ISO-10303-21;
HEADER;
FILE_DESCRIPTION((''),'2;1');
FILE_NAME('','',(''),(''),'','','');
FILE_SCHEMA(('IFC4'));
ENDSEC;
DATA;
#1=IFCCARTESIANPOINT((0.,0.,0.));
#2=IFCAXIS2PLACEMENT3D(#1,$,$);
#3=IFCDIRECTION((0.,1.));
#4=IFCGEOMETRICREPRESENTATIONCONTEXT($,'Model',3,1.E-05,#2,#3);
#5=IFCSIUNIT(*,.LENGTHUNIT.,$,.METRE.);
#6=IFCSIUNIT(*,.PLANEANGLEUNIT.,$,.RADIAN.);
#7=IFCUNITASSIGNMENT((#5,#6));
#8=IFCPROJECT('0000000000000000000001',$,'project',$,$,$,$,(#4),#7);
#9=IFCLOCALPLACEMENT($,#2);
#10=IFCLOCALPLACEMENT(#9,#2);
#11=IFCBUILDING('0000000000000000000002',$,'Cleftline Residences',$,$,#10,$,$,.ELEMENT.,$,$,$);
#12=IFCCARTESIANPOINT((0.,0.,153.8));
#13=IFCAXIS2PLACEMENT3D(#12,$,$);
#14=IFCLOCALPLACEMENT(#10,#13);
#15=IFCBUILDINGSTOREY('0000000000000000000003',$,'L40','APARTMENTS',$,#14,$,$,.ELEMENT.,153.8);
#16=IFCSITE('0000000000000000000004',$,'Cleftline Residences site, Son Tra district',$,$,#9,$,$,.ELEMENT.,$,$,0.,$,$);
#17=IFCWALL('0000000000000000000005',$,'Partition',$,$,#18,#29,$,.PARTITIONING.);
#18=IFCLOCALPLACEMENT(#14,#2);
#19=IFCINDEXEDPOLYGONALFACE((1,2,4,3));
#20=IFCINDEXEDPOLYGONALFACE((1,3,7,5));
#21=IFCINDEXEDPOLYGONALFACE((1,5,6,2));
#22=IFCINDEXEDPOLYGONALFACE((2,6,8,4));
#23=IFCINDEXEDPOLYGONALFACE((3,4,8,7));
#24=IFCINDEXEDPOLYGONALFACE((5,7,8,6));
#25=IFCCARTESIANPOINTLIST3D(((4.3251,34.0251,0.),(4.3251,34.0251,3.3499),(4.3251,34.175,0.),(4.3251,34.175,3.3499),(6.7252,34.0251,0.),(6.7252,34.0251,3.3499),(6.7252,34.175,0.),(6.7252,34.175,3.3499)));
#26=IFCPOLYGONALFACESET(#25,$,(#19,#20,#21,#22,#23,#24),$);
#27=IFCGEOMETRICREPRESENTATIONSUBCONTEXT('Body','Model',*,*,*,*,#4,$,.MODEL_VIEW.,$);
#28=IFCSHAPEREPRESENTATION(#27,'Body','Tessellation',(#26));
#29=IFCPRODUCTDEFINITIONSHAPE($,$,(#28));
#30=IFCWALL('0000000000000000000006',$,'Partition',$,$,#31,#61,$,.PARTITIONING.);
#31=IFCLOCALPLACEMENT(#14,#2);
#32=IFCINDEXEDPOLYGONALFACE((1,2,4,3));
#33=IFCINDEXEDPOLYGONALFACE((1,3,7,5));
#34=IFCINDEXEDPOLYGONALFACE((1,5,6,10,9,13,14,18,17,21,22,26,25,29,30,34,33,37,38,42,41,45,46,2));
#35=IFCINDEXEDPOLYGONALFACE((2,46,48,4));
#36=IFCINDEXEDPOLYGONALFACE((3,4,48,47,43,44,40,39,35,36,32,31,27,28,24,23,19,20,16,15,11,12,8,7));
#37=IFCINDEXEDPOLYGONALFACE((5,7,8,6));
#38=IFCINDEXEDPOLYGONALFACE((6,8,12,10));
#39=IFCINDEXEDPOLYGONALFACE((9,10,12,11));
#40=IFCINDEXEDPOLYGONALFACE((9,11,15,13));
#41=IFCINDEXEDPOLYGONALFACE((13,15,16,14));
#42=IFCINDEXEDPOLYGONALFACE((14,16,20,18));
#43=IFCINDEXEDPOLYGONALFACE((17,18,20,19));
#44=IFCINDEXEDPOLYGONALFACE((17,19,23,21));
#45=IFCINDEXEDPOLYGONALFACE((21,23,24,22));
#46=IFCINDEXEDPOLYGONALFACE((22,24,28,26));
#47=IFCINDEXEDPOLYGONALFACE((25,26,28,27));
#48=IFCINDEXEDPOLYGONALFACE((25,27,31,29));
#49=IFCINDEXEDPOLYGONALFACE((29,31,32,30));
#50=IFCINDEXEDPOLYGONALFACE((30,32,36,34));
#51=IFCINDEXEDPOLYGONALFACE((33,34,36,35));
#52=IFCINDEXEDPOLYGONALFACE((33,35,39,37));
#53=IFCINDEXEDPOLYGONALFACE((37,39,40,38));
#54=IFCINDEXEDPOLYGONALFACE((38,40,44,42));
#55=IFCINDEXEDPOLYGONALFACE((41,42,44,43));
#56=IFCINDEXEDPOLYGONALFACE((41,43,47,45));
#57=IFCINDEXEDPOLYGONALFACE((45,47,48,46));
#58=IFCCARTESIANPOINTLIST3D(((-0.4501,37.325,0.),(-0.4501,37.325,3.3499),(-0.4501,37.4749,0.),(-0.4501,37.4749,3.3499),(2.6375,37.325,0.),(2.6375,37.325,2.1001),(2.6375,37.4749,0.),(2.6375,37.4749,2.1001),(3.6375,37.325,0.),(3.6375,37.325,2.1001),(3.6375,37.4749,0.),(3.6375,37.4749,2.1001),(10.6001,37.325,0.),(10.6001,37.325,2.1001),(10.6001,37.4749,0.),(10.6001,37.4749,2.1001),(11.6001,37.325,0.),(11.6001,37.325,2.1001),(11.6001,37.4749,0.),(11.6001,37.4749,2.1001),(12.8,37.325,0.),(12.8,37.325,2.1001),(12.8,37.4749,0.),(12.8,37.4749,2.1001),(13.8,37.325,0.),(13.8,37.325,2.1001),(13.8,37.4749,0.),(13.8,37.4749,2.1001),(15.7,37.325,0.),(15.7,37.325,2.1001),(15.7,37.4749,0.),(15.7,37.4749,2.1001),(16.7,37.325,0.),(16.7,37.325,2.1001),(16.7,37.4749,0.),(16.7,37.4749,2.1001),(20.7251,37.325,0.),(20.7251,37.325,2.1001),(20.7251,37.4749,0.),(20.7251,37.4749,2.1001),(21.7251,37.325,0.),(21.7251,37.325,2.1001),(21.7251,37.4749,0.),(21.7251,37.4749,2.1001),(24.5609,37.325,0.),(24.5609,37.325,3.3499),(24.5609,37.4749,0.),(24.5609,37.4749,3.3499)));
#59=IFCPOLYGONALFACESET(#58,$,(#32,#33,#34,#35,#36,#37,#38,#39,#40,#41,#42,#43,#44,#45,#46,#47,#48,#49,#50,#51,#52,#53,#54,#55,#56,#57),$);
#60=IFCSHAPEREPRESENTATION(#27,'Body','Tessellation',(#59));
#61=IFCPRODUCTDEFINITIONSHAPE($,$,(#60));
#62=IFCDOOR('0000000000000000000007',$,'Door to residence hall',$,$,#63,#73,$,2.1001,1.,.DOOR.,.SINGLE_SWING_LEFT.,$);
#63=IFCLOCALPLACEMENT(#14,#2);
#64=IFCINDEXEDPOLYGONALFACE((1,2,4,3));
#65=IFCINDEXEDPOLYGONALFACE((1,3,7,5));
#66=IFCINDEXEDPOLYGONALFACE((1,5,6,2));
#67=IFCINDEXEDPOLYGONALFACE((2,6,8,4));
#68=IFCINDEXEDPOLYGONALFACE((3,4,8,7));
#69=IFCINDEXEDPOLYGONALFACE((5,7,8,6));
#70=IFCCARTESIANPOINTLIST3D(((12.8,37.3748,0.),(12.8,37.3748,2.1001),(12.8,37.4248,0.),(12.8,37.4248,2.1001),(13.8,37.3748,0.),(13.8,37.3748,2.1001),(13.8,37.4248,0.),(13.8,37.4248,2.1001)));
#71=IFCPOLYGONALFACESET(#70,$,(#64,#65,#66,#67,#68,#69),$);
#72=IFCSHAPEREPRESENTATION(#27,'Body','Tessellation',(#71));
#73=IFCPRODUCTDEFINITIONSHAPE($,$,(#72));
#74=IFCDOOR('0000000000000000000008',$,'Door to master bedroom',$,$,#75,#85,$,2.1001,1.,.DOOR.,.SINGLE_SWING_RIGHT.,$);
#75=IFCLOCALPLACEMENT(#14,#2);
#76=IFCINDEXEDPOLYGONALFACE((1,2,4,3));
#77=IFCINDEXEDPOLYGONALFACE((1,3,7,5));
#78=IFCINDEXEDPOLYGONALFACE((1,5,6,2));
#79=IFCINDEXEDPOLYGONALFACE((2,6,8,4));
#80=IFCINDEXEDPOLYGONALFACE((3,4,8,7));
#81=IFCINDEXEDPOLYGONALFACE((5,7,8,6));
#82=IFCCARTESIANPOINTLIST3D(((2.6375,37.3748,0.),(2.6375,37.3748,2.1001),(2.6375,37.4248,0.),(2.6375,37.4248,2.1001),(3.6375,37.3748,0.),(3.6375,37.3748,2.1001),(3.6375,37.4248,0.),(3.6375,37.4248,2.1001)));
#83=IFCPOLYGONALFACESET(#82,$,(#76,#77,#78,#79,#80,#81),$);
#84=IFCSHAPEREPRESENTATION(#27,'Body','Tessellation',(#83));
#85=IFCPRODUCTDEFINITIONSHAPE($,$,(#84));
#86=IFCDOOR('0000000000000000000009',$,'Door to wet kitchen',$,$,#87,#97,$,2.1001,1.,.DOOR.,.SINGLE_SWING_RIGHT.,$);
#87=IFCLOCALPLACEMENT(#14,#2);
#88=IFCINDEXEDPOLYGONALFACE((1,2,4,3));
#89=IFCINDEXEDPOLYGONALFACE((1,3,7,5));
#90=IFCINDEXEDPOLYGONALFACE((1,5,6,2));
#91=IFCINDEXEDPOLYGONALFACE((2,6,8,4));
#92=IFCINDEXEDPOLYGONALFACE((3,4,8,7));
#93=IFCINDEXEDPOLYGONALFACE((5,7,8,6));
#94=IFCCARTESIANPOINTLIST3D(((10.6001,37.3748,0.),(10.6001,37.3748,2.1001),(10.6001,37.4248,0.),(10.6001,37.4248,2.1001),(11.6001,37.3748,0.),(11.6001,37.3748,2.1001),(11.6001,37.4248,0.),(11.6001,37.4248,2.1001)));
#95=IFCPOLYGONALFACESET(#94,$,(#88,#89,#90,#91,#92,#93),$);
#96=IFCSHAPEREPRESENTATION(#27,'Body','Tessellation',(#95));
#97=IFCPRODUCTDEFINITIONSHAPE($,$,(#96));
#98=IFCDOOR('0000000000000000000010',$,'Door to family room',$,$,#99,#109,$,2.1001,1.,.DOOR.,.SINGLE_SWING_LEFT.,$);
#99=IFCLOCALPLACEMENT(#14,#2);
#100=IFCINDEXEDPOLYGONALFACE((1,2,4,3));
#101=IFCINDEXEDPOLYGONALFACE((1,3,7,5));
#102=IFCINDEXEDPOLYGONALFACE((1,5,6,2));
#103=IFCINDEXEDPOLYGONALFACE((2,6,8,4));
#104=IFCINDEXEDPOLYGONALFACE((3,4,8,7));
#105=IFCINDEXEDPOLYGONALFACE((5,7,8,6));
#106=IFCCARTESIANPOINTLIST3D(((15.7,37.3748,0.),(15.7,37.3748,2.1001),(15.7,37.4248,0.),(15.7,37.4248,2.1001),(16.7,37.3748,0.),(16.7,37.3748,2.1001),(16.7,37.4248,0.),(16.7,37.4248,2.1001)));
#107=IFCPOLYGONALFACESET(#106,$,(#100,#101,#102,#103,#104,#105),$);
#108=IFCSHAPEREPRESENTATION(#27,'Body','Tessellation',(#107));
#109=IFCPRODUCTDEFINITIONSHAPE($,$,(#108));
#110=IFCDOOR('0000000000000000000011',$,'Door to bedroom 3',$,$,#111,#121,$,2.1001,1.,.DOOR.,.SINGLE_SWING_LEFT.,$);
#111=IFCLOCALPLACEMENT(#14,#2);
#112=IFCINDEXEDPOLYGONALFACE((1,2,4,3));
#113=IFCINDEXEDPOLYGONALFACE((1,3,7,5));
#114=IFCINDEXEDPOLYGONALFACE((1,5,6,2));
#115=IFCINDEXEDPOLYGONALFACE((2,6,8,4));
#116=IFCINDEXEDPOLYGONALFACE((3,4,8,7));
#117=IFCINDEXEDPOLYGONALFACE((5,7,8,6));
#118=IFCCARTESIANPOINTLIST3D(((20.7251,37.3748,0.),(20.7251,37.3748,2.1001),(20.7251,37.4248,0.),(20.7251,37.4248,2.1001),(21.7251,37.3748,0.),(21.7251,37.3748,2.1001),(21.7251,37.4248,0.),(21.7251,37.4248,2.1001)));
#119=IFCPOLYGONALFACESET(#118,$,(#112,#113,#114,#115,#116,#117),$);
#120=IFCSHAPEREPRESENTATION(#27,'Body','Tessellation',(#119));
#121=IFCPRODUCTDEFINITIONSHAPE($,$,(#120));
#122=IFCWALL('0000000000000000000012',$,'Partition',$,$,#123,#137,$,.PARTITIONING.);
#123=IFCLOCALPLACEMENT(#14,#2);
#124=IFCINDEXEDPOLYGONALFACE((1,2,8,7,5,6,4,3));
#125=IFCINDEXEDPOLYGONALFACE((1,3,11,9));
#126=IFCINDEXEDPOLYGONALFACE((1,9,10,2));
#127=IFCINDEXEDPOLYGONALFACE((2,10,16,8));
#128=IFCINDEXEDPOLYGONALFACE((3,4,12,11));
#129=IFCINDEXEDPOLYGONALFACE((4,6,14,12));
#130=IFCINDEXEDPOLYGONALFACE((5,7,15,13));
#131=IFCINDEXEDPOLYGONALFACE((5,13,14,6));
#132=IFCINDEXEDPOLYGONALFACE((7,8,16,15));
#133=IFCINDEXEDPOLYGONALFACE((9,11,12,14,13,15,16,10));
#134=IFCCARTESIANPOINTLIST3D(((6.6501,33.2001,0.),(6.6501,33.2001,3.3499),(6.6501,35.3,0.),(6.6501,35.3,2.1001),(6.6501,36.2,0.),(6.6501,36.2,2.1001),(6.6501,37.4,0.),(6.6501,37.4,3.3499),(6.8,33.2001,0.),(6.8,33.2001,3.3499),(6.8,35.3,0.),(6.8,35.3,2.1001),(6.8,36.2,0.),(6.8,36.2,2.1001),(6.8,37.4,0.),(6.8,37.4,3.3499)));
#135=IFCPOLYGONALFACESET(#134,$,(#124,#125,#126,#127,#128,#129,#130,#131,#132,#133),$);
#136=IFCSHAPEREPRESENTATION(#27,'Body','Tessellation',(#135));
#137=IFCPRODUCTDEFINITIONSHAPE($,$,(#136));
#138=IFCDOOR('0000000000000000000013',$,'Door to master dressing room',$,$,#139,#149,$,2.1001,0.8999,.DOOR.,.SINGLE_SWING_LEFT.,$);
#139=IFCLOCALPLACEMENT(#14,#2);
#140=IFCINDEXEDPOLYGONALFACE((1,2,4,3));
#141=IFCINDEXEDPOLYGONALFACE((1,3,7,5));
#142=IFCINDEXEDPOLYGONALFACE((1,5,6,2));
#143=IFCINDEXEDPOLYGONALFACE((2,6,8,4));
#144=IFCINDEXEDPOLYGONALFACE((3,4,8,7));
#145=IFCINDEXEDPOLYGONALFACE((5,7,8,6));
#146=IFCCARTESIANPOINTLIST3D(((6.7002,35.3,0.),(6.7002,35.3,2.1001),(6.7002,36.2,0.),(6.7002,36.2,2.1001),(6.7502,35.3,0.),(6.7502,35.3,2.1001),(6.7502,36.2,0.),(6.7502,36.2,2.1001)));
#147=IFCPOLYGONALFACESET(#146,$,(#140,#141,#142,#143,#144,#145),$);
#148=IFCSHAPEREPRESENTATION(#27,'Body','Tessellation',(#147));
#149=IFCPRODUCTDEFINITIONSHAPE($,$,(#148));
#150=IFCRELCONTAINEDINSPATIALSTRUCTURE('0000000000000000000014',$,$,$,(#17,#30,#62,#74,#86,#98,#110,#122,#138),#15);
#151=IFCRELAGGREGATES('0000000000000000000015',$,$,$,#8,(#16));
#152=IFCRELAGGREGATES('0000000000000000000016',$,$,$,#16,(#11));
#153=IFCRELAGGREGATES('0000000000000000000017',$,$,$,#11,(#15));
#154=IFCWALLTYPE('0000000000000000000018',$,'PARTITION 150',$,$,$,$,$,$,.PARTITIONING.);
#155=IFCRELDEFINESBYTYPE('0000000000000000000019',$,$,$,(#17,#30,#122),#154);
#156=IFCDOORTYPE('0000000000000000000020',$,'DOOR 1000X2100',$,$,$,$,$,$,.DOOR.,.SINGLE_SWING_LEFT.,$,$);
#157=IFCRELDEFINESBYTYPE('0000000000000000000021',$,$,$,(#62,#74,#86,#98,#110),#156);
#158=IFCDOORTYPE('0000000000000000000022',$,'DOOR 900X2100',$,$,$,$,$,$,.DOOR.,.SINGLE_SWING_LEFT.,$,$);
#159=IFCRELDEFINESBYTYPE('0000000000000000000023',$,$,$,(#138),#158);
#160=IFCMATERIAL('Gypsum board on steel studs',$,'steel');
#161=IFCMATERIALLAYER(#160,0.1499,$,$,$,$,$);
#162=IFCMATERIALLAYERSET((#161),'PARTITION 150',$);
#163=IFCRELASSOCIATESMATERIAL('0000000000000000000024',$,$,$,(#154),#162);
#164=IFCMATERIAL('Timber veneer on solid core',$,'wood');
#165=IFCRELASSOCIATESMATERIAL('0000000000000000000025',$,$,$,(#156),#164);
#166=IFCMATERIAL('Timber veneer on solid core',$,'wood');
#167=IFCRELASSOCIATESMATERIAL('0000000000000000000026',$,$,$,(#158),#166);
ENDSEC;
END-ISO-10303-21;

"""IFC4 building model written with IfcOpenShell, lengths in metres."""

from ifc_helpers import new_model, si_unit, direction, frame, frame_2d, origin, place, context, subcontext, project, spatial, rectangle, extrude, material, layer, layer_set, type_object, element, fill, save


model = new_model("IFC4")

# Units and contexts
model_context = context("Model", 3, precision=1e-05, world=origin(), true_north=direction((0.0, 1.0)))
body_context = subcontext(model_context, "Body", "Model", "MODEL_VIEW")
ifc_project = project(units=[si_unit("LENGTHUNIT", "METRE"), si_unit("PLANEANGLEUNIT", "RADIAN")], contexts=[model_context])

# Site, building, storey
site_placement = place(None, origin())
site = spatial("IfcSite", under=ifc_project, at=site_placement, Name="Cleftline Residences site, Son Tra district", CompositionType="ELEMENT", RefElevation=0.0)
building_placement = place(site_placement, origin())
building = spatial("IfcBuilding", under=site, at=building_placement, Name="Cleftline Residences", CompositionType="ELEMENT")
storey_placement = place(building_placement, frame((0.0, 0.0, 153.8)))
storey = spatial("IfcBuildingStorey", under=building, at=storey_placement, Name="L40", Description="APARTMENTS", CompositionType="ELEMENT", Elevation=153.8)

# Wall
ifc_material_1 = material(Name="Gypsum board on steel studs", Category="steel")
ifc_layer = layer(ifc_material_1, 0.1499)
ifc_layer_set = layer_set([ifc_layer], Name="PARTITION 150")
wall_type = type_object("IfcWallType", Name="PARTITION 150", PredefinedType="PARTITIONING", material=ifc_layer_set)
wall_1_placement = place(storey_placement, frame((4.325, 34.1001, 0.0), z_axis=(0.0, 0.0, 1.0), x_axis=(1.0, 0.0, 0.0)))
element("IfcWall", 1, at=wall_1_placement, inside=storey, type_object=wall_type, Name="Partition", PredefinedType="PARTITIONING", context=body_context, shape_type="SweptSolid", body=[
    extrude(rectangle(XDim=2.4001, YDim=0.1499, at=frame_2d((1.2002, 0.0))), origin(), (0.0, 0.0, 1.0), 3.3499),
])

# Wall, openings, doors
wall_2_placement = place(storey_placement, frame((-0.45, 37.3999, 0.0), z_axis=(0.0, 0.0, 1.0), x_axis=(1.0, 0.0, 0.0)))
wall_2 = element("IfcWall", 2, at=wall_2_placement, inside=storey, type_object=wall_type, Name="Partition", PredefinedType="PARTITIONING", context=body_context, shape_type="SweptSolid", body=[
    extrude(rectangle(XDim=25.011, YDim=0.1499, at=frame_2d((12.5054, 0.0))), origin(), (0.0, 0.0, 1.0), 3.3499),
])
opening_1_placement = place(wall_2_placement, frame((13.25, 0.0, 0.0)))
opening_1 = element("IfcOpeningElement", 3, at=opening_1_placement, cuts=wall_2, PredefinedType="OPENING", context=body_context, shape_type="SweptSolid", body=[
    extrude(rectangle(XDim=1.0, YDim=2.1001, at=frame_2d((0.5, 1.05))), frame((0.0, 0.085, 0.0), z_axis=(0.0, -1.0, 0.0), x_axis=(1.0, 0.0, 0.0)), (0.0, 0.0, 1.0), 0.1699),
])
opening_2_placement = place(wall_2_placement, frame((3.0874, 0.0, 0.0)))
opening_2 = element("IfcOpeningElement", 4, at=opening_2_placement, cuts=wall_2, PredefinedType="OPENING", context=body_context, shape_type="SweptSolid", body=[
    extrude(rectangle(XDim=1.0, YDim=2.1001, at=frame_2d((0.5, 1.05))), frame((0.0, 0.085, 0.0), z_axis=(0.0, -1.0, 0.0), x_axis=(1.0, 0.0, 0.0)), (0.0, 0.0, 1.0), 0.1699),
])
opening_3_placement = place(wall_2_placement, frame((11.05, 0.0, 0.0)))
opening_3 = element("IfcOpeningElement", 5, at=opening_3_placement, cuts=wall_2, PredefinedType="OPENING", context=body_context, shape_type="SweptSolid", body=[
    extrude(rectangle(XDim=1.0, YDim=2.1001, at=frame_2d((0.5, 1.05))), frame((0.0, 0.085, 0.0), z_axis=(0.0, -1.0, 0.0), x_axis=(1.0, 0.0, 0.0)), (0.0, 0.0, 1.0), 0.1699),
])
opening_4_placement = place(wall_2_placement, frame((16.1499, 0.0, 0.0)))
opening_4 = element("IfcOpeningElement", 6, at=opening_4_placement, cuts=wall_2, PredefinedType="OPENING", context=body_context, shape_type="SweptSolid", body=[
    extrude(rectangle(XDim=1.0, YDim=2.1001, at=frame_2d((0.5, 1.05))), frame((0.0, 0.085, 0.0), z_axis=(0.0, -1.0, 0.0), x_axis=(1.0, 0.0, 0.0)), (0.0, 0.0, 1.0), 0.1699),
])
opening_5_placement = place(wall_2_placement, frame((21.175, 0.0, 0.0)))
opening_5 = element("IfcOpeningElement", 7, at=opening_5_placement, cuts=wall_2, PredefinedType="OPENING", context=body_context, shape_type="SweptSolid", body=[
    extrude(rectangle(XDim=1.0, YDim=2.1001, at=frame_2d((0.5, 1.05))), frame((0.0, 0.085, 0.0), z_axis=(0.0, -1.0, 0.0), x_axis=(1.0, 0.0, 0.0)), (0.0, 0.0, 1.0), 0.1699),
])
ifc_material_2 = material(Name="Timber veneer on solid core", Category="wood")
door_type_1 = type_object("IfcDoorType", Name="DOOR 1000X2100", OperationType="SINGLE_SWING_LEFT", PredefinedType="DOOR", material=ifc_material_2)
door_1_placement = place(opening_1_placement, origin())
door_1 = element("IfcDoor", 8, at=door_1_placement, inside=storey, type_object=door_type_1, Name="Door to residence hall", OperationType="SINGLE_SWING_LEFT", OverallHeight=2.1001, OverallWidth=1.0, PredefinedType="DOOR", context=body_context, shape_type="SweptSolid", body=[
    extrude(rectangle(XDim=1.0, YDim=2.1001, at=frame_2d((0.5, 1.05))), frame((0.0, 0.0249, 0.0), z_axis=(0.0, -1.0, 0.0), x_axis=(1.0, 0.0, 0.0)), (0.0, 0.0, 1.0), 0.05),
])
fill(opening_1, door_1)
door_2_placement = place(opening_2_placement, origin())
door_2 = element("IfcDoor", 9, at=door_2_placement, inside=storey, type_object=door_type_1, Name="Door to master bedroom", OperationType="SINGLE_SWING_RIGHT", OverallHeight=2.1001, OverallWidth=1.0, PredefinedType="DOOR", context=body_context, shape_type="SweptSolid", body=[
    extrude(rectangle(XDim=1.0, YDim=2.1001, at=frame_2d((0.5, 1.05))), frame((0.0, 0.0249, 0.0), z_axis=(0.0, -1.0, 0.0), x_axis=(1.0, 0.0, 0.0)), (0.0, 0.0, 1.0), 0.05),
])
fill(opening_2, door_2)
door_3_placement = place(opening_3_placement, origin())
door_3 = element("IfcDoor", 10, at=door_3_placement, inside=storey, type_object=door_type_1, Name="Door to wet kitchen", OperationType="SINGLE_SWING_RIGHT", OverallHeight=2.1001, OverallWidth=1.0, PredefinedType="DOOR", context=body_context, shape_type="SweptSolid", body=[
    extrude(rectangle(XDim=1.0, YDim=2.1001, at=frame_2d((0.5, 1.05))), frame((0.0, 0.0249, 0.0), z_axis=(0.0, -1.0, 0.0), x_axis=(1.0, 0.0, 0.0)), (0.0, 0.0, 1.0), 0.05),
])
fill(opening_3, door_3)
door_4_placement = place(opening_4_placement, origin())
door_4 = element("IfcDoor", 11, at=door_4_placement, inside=storey, type_object=door_type_1, Name="Door to family room", OperationType="SINGLE_SWING_LEFT", OverallHeight=2.1001, OverallWidth=1.0, PredefinedType="DOOR", context=body_context, shape_type="SweptSolid", body=[
    extrude(rectangle(XDim=1.0, YDim=2.1001, at=frame_2d((0.5, 1.05))), frame((0.0, 0.0249, 0.0), z_axis=(0.0, -1.0, 0.0), x_axis=(1.0, 0.0, 0.0)), (0.0, 0.0, 1.0), 0.05),
])
fill(opening_4, door_4)
door_5_placement = place(opening_5_placement, origin())
door_5 = element("IfcDoor", 12, at=door_5_placement, inside=storey, type_object=door_type_1, Name="Door to bedroom 3", OperationType="SINGLE_SWING_LEFT", OverallHeight=2.1001, OverallWidth=1.0, PredefinedType="DOOR", context=body_context, shape_type="SweptSolid", body=[
    extrude(rectangle(XDim=1.0, YDim=2.1001, at=frame_2d((0.5, 1.05))), frame((0.0, 0.0249, 0.0), z_axis=(0.0, -1.0, 0.0), x_axis=(1.0, 0.0, 0.0)), (0.0, 0.0, 1.0), 0.05),
])
fill(opening_5, door_5)

# Wall, opening, door
wall_3_placement = place(storey_placement, frame((6.7251, 33.2, 0.0), z_axis=(0.0, 0.0, 1.0), x_axis=(0.0, 1.0, 0.0)))
wall_3 = element("IfcWall", 13, at=wall_3_placement, inside=storey, type_object=wall_type, Name="Partition", PredefinedType="PARTITIONING", context=body_context, shape_type="SweptSolid", body=[
    extrude(rectangle(XDim=4.2, YDim=0.1499, at=frame_2d((2.1001, 0.0))), origin(), (0.0, 0.0, 1.0), 3.3499),
])
opening_6_placement = place(wall_3_placement, frame((2.1001, 0.0, 0.0)))
opening_6 = element("IfcOpeningElement", 14, at=opening_6_placement, cuts=wall_3, PredefinedType="OPENING", context=body_context, shape_type="SweptSolid", body=[
    extrude(rectangle(XDim=0.8999, YDim=2.1001, at=frame_2d((0.45, 1.05))), frame((0.0, 0.085, 0.0), z_axis=(0.0, -1.0, 0.0), x_axis=(1.0, 0.0, 0.0)), (0.0, 0.0, 1.0), 0.1699),
])
ifc_material_3 = material(Name="Timber veneer on solid core", Category="wood")
door_type_2 = type_object("IfcDoorType", Name="DOOR 900X2100", OperationType="SINGLE_SWING_LEFT", PredefinedType="DOOR", material=ifc_material_3)
door_6_placement = place(opening_6_placement, origin())
door_6 = element("IfcDoor", 15, at=door_6_placement, inside=storey, type_object=door_type_2, Name="Door to master dressing room", OperationType="SINGLE_SWING_LEFT", OverallHeight=2.1001, OverallWidth=0.8999, PredefinedType="DOOR", context=body_context, shape_type="SweptSolid", body=[
    extrude(rectangle(XDim=0.8999, YDim=2.1001, at=frame_2d((0.45, 1.05))), frame((0.0, 0.0249, 0.0), z_axis=(0.0, -1.0, 0.0), x_axis=(1.0, 0.0, 0.0)), (0.0, 0.0, 1.0), 0.05),
])
fill(opening_6, door_6)

save(model, "model.ifc")
